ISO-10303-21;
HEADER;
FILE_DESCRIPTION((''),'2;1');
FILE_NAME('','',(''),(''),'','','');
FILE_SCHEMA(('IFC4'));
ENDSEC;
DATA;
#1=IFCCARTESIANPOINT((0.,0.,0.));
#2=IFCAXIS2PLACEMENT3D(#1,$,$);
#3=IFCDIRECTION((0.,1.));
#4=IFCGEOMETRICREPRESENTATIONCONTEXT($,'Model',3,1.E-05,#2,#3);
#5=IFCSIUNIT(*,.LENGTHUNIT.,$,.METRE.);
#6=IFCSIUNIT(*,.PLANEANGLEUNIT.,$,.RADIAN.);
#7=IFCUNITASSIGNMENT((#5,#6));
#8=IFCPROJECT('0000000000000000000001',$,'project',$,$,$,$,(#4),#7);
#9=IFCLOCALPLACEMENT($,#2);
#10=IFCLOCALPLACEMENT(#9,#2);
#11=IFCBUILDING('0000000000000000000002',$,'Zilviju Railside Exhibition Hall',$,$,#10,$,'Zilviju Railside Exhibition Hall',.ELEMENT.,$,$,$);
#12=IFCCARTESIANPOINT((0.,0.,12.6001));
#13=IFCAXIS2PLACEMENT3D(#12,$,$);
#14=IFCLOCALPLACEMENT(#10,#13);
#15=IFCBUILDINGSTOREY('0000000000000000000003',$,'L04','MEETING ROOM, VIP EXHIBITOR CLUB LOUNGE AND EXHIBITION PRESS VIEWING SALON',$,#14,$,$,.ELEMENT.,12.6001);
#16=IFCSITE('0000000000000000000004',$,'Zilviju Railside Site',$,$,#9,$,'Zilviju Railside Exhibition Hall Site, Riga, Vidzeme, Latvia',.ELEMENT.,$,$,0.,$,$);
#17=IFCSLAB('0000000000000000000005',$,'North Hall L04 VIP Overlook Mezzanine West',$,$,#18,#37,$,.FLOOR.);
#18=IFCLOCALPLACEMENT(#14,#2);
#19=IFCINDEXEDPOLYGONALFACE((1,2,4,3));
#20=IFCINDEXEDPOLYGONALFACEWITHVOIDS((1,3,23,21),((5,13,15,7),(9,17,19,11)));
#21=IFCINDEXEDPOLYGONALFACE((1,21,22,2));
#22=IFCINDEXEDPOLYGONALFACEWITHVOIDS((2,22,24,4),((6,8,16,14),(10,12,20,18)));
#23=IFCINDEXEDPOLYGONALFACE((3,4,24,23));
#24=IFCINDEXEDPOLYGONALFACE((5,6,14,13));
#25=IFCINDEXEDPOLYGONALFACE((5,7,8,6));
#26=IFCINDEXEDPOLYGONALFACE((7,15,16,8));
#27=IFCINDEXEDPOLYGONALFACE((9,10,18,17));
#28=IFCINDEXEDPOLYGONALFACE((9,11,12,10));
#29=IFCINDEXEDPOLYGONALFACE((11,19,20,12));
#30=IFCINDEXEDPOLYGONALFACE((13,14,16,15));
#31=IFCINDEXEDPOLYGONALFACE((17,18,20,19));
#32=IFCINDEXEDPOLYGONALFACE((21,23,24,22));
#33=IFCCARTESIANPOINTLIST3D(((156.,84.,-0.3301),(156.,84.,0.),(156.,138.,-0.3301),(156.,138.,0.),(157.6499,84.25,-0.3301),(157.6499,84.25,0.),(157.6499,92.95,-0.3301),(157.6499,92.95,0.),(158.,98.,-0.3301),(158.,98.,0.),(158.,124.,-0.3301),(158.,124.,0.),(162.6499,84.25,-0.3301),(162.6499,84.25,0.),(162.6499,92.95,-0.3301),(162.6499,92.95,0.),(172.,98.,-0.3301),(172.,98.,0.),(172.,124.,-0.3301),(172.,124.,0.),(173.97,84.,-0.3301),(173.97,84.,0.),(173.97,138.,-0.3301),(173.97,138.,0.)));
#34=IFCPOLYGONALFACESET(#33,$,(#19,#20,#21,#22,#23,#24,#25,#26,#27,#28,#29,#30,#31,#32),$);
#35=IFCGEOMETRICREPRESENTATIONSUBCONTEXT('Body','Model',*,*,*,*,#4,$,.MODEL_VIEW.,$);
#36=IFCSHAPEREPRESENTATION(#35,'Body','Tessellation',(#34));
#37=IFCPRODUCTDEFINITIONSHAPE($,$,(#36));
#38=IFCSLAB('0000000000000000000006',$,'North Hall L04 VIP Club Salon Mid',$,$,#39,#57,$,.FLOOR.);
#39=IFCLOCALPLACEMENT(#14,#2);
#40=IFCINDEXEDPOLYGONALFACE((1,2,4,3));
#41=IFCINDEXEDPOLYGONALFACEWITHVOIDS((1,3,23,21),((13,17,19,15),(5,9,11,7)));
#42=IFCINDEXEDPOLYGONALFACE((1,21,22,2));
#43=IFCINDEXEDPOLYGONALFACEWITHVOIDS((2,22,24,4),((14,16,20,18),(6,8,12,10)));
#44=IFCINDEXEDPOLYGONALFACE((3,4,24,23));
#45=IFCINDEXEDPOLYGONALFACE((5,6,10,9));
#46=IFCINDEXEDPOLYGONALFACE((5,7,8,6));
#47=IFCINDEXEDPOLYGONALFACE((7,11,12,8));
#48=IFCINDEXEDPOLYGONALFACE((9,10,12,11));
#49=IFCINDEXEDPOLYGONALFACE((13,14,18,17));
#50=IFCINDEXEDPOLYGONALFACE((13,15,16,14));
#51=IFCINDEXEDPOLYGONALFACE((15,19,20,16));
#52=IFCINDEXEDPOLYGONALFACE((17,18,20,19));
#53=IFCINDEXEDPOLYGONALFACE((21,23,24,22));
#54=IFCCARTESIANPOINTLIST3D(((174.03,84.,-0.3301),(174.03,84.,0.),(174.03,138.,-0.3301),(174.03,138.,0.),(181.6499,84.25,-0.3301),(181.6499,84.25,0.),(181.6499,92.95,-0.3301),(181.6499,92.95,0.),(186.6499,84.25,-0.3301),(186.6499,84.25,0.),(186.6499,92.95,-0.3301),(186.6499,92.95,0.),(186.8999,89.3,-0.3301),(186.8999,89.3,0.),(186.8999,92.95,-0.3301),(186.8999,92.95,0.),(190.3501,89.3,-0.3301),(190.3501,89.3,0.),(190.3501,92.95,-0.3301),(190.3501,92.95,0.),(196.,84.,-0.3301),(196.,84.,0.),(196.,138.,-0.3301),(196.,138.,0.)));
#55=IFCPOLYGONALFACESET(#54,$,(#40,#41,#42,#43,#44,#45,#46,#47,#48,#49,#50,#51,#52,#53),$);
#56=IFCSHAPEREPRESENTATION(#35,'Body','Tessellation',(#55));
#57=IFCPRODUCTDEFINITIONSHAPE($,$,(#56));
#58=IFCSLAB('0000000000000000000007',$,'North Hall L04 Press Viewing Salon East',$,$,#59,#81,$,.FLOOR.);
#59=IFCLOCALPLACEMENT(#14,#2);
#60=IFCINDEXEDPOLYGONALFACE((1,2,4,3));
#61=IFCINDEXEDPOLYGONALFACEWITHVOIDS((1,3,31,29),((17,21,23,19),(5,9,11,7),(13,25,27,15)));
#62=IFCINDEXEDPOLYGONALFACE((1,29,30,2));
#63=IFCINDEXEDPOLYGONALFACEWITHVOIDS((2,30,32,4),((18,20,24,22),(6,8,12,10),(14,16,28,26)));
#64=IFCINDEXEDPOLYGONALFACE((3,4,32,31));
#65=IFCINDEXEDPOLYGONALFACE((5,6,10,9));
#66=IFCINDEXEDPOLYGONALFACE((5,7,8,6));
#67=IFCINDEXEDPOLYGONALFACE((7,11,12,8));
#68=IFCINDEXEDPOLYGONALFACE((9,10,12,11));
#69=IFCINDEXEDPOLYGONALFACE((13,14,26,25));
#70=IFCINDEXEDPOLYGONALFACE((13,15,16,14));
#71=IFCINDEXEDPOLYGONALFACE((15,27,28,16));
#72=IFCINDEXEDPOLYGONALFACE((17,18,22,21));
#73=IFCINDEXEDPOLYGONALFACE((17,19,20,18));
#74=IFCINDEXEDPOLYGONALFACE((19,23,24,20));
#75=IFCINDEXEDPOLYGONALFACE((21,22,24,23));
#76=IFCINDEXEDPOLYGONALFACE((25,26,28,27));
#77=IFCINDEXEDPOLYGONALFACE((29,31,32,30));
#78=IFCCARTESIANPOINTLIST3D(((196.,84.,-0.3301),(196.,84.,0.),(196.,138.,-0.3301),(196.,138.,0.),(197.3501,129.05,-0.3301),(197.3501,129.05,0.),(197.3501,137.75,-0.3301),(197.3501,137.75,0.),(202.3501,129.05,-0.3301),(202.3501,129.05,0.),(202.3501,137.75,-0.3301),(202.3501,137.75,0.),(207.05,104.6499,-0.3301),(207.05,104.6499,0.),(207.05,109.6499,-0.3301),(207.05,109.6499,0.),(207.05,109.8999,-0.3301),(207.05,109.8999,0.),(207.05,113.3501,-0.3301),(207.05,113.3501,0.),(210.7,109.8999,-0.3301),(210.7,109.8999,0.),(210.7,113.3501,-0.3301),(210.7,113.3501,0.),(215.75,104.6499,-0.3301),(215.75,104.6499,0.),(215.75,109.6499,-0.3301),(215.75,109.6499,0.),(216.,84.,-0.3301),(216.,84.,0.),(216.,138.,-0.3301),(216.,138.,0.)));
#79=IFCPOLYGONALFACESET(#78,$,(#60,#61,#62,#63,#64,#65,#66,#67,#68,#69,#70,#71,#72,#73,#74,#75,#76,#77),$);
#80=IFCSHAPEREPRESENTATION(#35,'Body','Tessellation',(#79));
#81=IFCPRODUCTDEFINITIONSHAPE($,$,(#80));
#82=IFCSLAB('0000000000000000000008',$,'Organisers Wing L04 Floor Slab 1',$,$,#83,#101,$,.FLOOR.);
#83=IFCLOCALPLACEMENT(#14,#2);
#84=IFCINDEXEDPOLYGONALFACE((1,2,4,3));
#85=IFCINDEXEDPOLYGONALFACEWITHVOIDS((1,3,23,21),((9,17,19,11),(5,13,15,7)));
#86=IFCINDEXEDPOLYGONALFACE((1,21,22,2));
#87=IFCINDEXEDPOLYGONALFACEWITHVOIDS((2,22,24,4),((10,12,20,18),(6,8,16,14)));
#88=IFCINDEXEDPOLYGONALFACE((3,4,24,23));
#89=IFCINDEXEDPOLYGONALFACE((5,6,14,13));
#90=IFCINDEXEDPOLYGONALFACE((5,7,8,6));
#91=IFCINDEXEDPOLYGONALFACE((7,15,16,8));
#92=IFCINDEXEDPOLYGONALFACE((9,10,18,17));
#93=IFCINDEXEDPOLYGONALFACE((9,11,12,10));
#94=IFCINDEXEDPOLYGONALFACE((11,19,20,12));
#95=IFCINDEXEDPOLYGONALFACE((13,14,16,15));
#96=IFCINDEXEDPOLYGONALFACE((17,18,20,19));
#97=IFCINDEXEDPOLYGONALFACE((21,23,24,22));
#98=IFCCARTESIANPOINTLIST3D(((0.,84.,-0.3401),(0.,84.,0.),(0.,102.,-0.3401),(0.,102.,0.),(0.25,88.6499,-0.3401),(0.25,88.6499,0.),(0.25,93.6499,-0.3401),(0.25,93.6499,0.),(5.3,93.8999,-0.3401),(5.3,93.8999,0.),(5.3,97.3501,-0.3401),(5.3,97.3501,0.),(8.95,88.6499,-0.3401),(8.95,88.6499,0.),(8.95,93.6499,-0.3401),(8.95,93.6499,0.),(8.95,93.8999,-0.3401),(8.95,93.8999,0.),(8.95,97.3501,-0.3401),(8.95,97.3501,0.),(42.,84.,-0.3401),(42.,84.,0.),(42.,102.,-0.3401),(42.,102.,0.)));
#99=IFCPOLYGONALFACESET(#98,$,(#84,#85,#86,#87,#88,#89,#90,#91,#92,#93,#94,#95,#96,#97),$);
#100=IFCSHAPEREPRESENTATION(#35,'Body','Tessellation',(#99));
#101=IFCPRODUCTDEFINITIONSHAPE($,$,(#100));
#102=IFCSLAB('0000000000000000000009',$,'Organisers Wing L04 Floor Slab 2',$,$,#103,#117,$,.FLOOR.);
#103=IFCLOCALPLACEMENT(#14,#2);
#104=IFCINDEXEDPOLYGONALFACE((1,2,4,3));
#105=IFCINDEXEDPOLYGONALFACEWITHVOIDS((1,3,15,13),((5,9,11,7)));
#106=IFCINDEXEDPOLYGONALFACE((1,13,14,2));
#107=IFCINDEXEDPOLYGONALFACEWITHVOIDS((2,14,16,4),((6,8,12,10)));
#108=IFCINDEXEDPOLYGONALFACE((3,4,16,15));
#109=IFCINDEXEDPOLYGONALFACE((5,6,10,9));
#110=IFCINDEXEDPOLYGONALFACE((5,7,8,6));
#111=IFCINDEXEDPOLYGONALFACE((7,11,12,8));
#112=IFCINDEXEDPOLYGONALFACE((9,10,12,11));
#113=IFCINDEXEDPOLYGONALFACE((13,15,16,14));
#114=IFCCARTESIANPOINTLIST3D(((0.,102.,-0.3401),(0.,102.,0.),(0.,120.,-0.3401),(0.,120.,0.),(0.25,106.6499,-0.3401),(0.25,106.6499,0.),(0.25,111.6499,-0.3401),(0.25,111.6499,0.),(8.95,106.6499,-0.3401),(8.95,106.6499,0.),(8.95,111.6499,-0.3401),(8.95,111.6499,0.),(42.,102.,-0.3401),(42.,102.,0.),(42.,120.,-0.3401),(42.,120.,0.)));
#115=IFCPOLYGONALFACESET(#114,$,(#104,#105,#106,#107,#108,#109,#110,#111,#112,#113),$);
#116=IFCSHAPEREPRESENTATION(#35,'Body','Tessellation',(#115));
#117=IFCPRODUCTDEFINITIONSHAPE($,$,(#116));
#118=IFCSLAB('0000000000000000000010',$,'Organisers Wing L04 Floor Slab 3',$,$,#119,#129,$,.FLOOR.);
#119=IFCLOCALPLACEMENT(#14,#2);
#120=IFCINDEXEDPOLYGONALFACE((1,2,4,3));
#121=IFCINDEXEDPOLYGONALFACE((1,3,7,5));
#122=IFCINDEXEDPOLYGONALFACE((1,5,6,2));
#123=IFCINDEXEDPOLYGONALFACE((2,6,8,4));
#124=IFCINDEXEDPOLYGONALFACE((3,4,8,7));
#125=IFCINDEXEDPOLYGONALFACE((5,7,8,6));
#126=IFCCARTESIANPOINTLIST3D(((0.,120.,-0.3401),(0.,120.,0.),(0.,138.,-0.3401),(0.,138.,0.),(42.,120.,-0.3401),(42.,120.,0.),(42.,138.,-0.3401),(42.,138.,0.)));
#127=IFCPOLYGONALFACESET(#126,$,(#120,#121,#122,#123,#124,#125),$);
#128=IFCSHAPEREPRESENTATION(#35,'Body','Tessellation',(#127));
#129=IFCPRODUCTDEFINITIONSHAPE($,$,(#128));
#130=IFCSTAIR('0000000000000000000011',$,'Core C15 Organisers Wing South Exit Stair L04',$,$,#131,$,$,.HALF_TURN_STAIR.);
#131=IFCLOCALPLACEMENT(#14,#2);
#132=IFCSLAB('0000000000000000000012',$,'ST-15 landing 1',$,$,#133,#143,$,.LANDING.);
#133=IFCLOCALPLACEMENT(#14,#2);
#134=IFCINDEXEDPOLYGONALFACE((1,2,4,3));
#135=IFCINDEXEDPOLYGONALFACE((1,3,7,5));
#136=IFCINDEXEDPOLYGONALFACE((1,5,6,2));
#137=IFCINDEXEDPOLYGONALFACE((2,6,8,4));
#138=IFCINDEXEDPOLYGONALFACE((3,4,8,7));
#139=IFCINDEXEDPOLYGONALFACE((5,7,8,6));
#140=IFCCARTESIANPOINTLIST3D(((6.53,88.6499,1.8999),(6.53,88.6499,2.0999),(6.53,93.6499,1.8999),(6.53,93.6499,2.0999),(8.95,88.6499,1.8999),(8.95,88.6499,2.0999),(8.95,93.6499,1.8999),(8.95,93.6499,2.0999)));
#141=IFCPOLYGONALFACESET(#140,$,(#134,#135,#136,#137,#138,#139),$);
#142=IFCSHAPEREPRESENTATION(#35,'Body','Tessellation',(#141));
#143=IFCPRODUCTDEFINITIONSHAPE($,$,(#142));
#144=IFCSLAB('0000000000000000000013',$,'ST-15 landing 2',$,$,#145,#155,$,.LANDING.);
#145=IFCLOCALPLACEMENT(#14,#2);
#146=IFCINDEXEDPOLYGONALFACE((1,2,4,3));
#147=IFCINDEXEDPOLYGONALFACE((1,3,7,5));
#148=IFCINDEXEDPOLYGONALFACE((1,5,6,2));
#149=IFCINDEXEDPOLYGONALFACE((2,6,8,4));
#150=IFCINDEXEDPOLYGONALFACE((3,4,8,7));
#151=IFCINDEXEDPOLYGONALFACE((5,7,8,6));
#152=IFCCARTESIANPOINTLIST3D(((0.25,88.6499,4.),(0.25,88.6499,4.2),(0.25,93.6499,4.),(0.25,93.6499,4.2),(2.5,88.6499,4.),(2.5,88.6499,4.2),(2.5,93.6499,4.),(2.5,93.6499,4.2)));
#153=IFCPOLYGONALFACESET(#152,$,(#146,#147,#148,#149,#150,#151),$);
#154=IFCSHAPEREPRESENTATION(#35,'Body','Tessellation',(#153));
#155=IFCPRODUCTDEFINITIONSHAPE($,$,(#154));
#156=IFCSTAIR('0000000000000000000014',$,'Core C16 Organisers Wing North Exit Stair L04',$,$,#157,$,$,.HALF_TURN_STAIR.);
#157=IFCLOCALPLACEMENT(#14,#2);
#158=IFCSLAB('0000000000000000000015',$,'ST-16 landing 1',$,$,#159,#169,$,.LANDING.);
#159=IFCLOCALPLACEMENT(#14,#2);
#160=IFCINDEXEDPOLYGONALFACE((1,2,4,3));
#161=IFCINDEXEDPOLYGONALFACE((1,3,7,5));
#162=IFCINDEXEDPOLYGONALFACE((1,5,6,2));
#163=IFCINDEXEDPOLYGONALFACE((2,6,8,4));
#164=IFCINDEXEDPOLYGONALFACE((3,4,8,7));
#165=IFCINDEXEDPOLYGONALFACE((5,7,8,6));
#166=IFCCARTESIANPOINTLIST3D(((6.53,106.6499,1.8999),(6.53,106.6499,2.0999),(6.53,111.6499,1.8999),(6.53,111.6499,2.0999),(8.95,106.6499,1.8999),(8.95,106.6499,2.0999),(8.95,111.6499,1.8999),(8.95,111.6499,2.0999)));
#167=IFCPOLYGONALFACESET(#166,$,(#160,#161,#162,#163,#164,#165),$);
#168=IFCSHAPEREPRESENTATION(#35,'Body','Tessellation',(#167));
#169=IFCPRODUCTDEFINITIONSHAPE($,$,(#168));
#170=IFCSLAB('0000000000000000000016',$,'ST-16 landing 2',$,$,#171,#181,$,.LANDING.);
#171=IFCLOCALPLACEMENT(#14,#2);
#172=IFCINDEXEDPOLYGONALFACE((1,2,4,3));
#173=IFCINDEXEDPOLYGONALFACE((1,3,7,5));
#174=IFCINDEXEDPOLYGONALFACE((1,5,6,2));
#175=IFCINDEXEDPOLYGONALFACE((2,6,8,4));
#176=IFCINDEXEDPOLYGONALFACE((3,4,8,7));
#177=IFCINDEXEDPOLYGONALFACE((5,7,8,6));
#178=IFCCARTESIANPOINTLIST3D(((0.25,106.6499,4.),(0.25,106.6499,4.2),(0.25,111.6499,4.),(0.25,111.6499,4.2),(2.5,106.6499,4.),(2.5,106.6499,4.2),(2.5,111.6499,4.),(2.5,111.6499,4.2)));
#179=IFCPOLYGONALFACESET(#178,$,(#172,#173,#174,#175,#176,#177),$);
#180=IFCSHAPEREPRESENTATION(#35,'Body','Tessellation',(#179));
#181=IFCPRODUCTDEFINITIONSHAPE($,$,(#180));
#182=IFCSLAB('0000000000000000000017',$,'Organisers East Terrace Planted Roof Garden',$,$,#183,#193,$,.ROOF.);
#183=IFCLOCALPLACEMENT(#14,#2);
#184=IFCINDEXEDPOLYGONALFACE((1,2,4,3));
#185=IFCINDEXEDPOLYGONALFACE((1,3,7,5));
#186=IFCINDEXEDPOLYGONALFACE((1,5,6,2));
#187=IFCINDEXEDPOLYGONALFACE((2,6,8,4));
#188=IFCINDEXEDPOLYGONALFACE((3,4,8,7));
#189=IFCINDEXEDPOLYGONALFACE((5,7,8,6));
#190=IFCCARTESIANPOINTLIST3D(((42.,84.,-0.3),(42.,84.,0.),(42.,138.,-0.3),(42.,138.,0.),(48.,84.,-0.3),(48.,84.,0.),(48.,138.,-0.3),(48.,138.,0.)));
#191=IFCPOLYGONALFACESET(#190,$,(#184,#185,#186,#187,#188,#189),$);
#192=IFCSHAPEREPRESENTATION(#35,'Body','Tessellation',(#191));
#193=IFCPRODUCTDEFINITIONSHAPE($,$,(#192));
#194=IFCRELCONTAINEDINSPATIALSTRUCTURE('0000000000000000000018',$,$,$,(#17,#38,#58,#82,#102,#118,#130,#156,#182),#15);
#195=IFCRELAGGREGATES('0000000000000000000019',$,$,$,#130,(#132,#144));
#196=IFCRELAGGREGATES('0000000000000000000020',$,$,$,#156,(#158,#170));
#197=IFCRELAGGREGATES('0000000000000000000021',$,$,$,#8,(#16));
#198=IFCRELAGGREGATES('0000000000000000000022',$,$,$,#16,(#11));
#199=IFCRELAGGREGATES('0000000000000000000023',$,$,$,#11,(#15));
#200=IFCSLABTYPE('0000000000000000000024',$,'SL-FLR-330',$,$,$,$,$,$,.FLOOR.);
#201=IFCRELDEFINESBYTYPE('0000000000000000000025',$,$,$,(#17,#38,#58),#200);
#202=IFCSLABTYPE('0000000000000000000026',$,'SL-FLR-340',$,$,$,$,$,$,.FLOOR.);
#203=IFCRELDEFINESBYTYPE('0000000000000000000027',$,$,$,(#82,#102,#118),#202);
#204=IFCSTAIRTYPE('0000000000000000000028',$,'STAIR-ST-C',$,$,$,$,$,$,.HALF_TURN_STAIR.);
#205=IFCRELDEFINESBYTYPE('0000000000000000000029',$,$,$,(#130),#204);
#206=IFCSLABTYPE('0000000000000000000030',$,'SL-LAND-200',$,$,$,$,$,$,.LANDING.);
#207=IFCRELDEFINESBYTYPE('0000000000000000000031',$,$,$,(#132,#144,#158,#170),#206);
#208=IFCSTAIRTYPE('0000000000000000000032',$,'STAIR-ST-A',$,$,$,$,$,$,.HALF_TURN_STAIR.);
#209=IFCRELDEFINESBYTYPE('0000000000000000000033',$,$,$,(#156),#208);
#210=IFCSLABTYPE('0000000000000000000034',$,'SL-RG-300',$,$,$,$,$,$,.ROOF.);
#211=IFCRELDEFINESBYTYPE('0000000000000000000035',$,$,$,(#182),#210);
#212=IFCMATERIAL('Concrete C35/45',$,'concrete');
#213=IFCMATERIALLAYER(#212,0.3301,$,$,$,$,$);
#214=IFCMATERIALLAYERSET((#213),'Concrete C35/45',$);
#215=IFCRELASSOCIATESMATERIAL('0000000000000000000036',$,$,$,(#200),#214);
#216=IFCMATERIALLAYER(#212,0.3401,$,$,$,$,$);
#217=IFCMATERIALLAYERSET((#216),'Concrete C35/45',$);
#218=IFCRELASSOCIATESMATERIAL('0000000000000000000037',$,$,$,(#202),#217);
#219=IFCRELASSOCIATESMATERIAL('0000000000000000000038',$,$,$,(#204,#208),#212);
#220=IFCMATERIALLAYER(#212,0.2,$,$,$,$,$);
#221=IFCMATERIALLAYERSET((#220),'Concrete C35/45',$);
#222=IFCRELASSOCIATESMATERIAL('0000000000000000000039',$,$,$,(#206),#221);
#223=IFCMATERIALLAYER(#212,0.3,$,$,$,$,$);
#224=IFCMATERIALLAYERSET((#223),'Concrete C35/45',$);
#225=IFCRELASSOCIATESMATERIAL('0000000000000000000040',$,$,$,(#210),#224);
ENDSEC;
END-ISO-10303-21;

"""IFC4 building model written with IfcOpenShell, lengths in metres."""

from ifc_helpers import new_model, si_unit, direction, frame, origin, place, context, subcontext, project, spatial, polyline, outline, extrude, material, layer, layer_set, type_object, element, aggregate, save


model = new_model("IFC4")

# Units and contexts
model_context = context("Model", 3, precision=1e-05, world=origin(), true_north=direction((0.0, 1.0)))
body_context = subcontext(model_context, "Body", "Model", "MODEL_VIEW")
ifc_project = project(units=[si_unit("LENGTHUNIT", "METRE"), si_unit("PLANEANGLEUNIT", "RADIAN")], contexts=[model_context])

# Site, building, storey
site_placement = place(None, origin())
site = spatial("IfcSite", under=ifc_project, at=site_placement, Name="Zilviju Railside Site", LongName="Zilviju Railside Exhibition Hall Site, Riga, Vidzeme, Latvia", CompositionType="ELEMENT", RefElevation=0.0)
building_placement = place(site_placement, origin())
building = spatial("IfcBuilding", under=site, at=building_placement, Name="Zilviju Railside Exhibition Hall", LongName="Zilviju Railside Exhibition Hall", CompositionType="ELEMENT")
storey_placement = place(building_placement, frame((0.0, 0.0, 12.6001)))
storey = spatial("IfcBuildingStorey", under=building, at=storey_placement, Name="L04", Description="MEETING ROOM, VIP EXHIBITOR CLUB LOUNGE AND EXHIBITION PRESS VIEWING SALON", CompositionType="ELEMENT", Elevation=12.6001)

# Slabs
ifc_material_1 = material(Name="Concrete C35/45", Category="concrete")
ifc_layer_1 = layer(ifc_material_1, 0.3301)
ifc_layer_set_1 = layer_set([ifc_layer_1], Name="Concrete C35/45")
slab_type_1 = type_object("IfcSlabType", Name="SL-FLR-330", PredefinedType="FLOOR", material=ifc_layer_set_1)
slab_1_placement = place(storey_placement, frame((0.0, 0.0, -0.3301)))
element("IfcSlab", 1, at=slab_1_placement, inside=storey, type_object=slab_type_1, Name="North Hall L04 VIP Overlook Mezzanine West", PredefinedType="FLOOR", context=body_context, shape_type="SweptSolid", body=[
    extrude(outline(polyline([(156.0, 84.0), (173.97, 84.0), (173.97, 138.0), (156.0, 138.0), (156.0, 84.0)]), holes=[polyline([(158.0, 98.0), (172.0, 98.0), (172.0, 124.0), (158.0, 124.0), (158.0, 98.0)]), polyline([(157.6499, 84.25), (162.6499, 84.25), (162.6499, 92.95), (157.6499, 92.95), (157.6499, 84.25)])]), origin(), (0.0, 0.0, 1.0), 0.3301),
])
slab_2_placement = place(storey_placement, frame((0.0, 0.0, -0.3301)))
element("IfcSlab", 2, at=slab_2_placement, inside=storey, type_object=slab_type_1, Name="North Hall L04 VIP Club Salon Mid", PredefinedType="FLOOR", context=body_context, shape_type="SweptSolid", body=[
    extrude(outline(polyline([(174.03, 84.0), (196.0, 84.0), (196.0, 138.0), (174.03, 138.0), (174.03, 84.0)]), holes=[polyline([(181.6499, 84.25), (186.6499, 84.25), (186.6499, 92.95), (181.6499, 92.95), (181.6499, 84.25)]), polyline([(186.8999, 89.3), (190.3501, 89.3), (190.3501, 92.95), (186.8999, 92.95), (186.8999, 89.3)])]), origin(), (0.0, 0.0, 1.0), 0.3301),
])
slab_3_placement = place(storey_placement, frame((0.0, 0.0, -0.3301)))
element("IfcSlab", 3, at=slab_3_placement, inside=storey, type_object=slab_type_1, Name="North Hall L04 Press Viewing Salon East", PredefinedType="FLOOR", context=body_context, shape_type="SweptSolid", body=[
    extrude(outline(polyline([(196.0, 84.0), (216.0, 84.0), (216.0, 138.0), (196.0, 138.0), (196.0, 84.0)]), holes=[polyline([(197.3501, 129.05), (202.3501, 129.05), (202.3501, 137.75), (197.3501, 137.75), (197.3501, 129.05)]), polyline([(207.05, 104.6499), (215.75, 104.6499), (215.75, 109.6499), (207.05, 109.6499), (207.05, 104.6499)]), polyline([(207.05, 109.8999), (210.7, 109.8999), (210.7, 113.3501), (207.05, 113.3501), (207.05, 109.8999)])]), origin(), (0.0, 0.0, 1.0), 0.3301),
])
ifc_layer_2 = layer(ifc_material_1, 0.3401)
ifc_layer_set_2 = layer_set([ifc_layer_2], Name="Concrete C35/45")
slab_type_2 = type_object("IfcSlabType", Name="SL-FLR-340", PredefinedType="FLOOR", material=ifc_layer_set_2)
slab_4_placement = place(storey_placement, frame((0.0, 0.0, -0.3401)))
element("IfcSlab", 4, at=slab_4_placement, inside=storey, type_object=slab_type_2, Name="Organisers Wing L04 Floor Slab 1", PredefinedType="FLOOR", context=body_context, shape_type="SweptSolid", body=[
    extrude(outline(polyline([(0.0, 84.0), (42.0, 84.0), (42.0, 102.0), (0.0, 102.0), (0.0, 84.0)]), holes=[polyline([(0.25, 88.6499), (8.95, 88.6499), (8.95, 93.6499), (0.25, 93.6499), (0.25, 88.6499)]), polyline([(5.3, 93.8999), (8.95, 93.8999), (8.95, 97.3501), (5.3, 97.3501), (5.3, 93.8999)])]), origin(), (0.0, 0.0, 1.0), 0.3401),
])
slab_5_placement = place(storey_placement, frame((0.0, 0.0, -0.3401)))
element("IfcSlab", 5, at=slab_5_placement, inside=storey, type_object=slab_type_2, Name="Organisers Wing L04 Floor Slab 2", PredefinedType="FLOOR", context=body_context, shape_type="SweptSolid", body=[
    extrude(outline(polyline([(0.0, 102.0), (42.0, 102.0), (42.0, 120.0), (0.0, 120.0), (0.0, 102.0)]), holes=[polyline([(0.25, 106.6499), (8.95, 106.6499), (8.95, 111.6499), (0.25, 111.6499), (0.25, 106.6499)])]), origin(), (0.0, 0.0, 1.0), 0.3401),
])
slab_6_placement = place(storey_placement, frame((0.0, 0.0, -0.3401)))
element("IfcSlab", 6, at=slab_6_placement, inside=storey, type_object=slab_type_2, Name="Organisers Wing L04 Floor Slab 3", PredefinedType="FLOOR", context=body_context, shape_type="SweptSolid", body=[
    extrude(outline(polyline([(0.0, 120.0), (42.0, 120.0), (42.0, 138.0), (0.0, 138.0), (0.0, 120.0)])), origin(), (0.0, 0.0, 1.0), 0.3401),
])

# Stairs, slabs
stair_type_1 = type_object("IfcStairType", Name="STAIR-ST-C", PredefinedType="HALF_TURN_STAIR", material=ifc_material_1)
stair_1_placement = place(storey_placement, origin())
stair_1 = element("IfcStair", 7, at=stair_1_placement, inside=storey, type_object=stair_type_1, Name="Core C15 Organisers Wing South Exit Stair L04", PredefinedType="HALF_TURN_STAIR")
ifc_layer_3 = layer(ifc_material_1, 0.2)
ifc_layer_set_3 = layer_set([ifc_layer_3], Name="Concrete C35/45")
slab_type_3 = type_object("IfcSlabType", Name="SL-LAND-200", PredefinedType="LANDING", material=ifc_layer_set_3)
slab_7_placement = place(storey_placement, frame((0.0, 0.0, 1.8999)))
slab_7 = element("IfcSlab", 8, at=slab_7_placement, type_object=slab_type_3, Name="ST-15 landing 1", PredefinedType="LANDING", context=body_context, shape_type="SweptSolid", body=[
    extrude(outline(polyline([(6.53, 88.6499), (6.53, 93.6499), (8.95, 93.6499), (8.95, 88.6499), (6.53, 88.6499)])), origin(), (0.0, 0.0, 1.0), 0.2),
])
slab_8_placement = place(storey_placement, frame((0.0, 0.0, 4.0)))
slab_8 = element("IfcSlab", 9, at=slab_8_placement, type_object=slab_type_3, Name="ST-15 landing 2", PredefinedType="LANDING", context=body_context, shape_type="SweptSolid", body=[
    extrude(outline(polyline([(0.25, 88.6499), (0.25, 93.6499), (2.5, 93.6499), (2.5, 88.6499), (0.25, 88.6499)])), origin(), (0.0, 0.0, 1.0), 0.2),
])
aggregate(stair_1, [slab_7, slab_8])
stair_type_2 = type_object("IfcStairType", Name="STAIR-ST-A", PredefinedType="HALF_TURN_STAIR", material=ifc_material_1)
stair_2_placement = place(storey_placement, origin())
stair_2 = element("IfcStair", 10, at=stair_2_placement, inside=storey, type_object=stair_type_2, Name="Core C16 Organisers Wing North Exit Stair L04", PredefinedType="HALF_TURN_STAIR")
slab_9_placement = place(storey_placement, frame((0.0, 0.0, 1.8999)))
slab_9 = element("IfcSlab", 11, at=slab_9_placement, type_object=slab_type_3, Name="ST-16 landing 1", PredefinedType="LANDING", context=body_context, shape_type="SweptSolid", body=[
    extrude(outline(polyline([(6.53, 106.6499), (6.53, 111.6499), (8.95, 111.6499), (8.95, 106.6499), (6.53, 106.6499)])), origin(), (0.0, 0.0, 1.0), 0.2),
])
slab_10_placement = place(storey_placement, frame((0.0, 0.0, 4.0)))
slab_10 = element("IfcSlab", 12, at=slab_10_placement, type_object=slab_type_3, Name="ST-16 landing 2", PredefinedType="LANDING", context=body_context, shape_type="SweptSolid", body=[
    extrude(outline(polyline([(0.25, 106.6499), (0.25, 111.6499), (2.5, 111.6499), (2.5, 106.6499), (0.25, 106.6499)])), origin(), (0.0, 0.0, 1.0), 0.2),
])
aggregate(stair_2, [slab_9, slab_10])

# Slab
ifc_layer_4 = layer(ifc_material_1, 0.3)
ifc_layer_set_4 = layer_set([ifc_layer_4], Name="Concrete C35/45")
slab_type_4 = type_object("IfcSlabType", Name="SL-RG-300", PredefinedType="ROOF", material=ifc_layer_set_4)
slab_11_placement = place(storey_placement, frame((0.0, 0.0, -0.3)))
element("IfcSlab", 13, at=slab_11_placement, inside=storey, type_object=slab_type_4, Name="Organisers East Terrace Planted Roof Garden", PredefinedType="ROOF", context=body_context, shape_type="SweptSolid", body=[
    extrude(outline(polyline([(42.0, 84.0), (48.0, 84.0), (48.0, 138.0), (42.0, 138.0), (42.0, 84.0)])), origin(), (0.0, 0.0, 1.0), 0.3),
])

save(model, "model.ifc")
